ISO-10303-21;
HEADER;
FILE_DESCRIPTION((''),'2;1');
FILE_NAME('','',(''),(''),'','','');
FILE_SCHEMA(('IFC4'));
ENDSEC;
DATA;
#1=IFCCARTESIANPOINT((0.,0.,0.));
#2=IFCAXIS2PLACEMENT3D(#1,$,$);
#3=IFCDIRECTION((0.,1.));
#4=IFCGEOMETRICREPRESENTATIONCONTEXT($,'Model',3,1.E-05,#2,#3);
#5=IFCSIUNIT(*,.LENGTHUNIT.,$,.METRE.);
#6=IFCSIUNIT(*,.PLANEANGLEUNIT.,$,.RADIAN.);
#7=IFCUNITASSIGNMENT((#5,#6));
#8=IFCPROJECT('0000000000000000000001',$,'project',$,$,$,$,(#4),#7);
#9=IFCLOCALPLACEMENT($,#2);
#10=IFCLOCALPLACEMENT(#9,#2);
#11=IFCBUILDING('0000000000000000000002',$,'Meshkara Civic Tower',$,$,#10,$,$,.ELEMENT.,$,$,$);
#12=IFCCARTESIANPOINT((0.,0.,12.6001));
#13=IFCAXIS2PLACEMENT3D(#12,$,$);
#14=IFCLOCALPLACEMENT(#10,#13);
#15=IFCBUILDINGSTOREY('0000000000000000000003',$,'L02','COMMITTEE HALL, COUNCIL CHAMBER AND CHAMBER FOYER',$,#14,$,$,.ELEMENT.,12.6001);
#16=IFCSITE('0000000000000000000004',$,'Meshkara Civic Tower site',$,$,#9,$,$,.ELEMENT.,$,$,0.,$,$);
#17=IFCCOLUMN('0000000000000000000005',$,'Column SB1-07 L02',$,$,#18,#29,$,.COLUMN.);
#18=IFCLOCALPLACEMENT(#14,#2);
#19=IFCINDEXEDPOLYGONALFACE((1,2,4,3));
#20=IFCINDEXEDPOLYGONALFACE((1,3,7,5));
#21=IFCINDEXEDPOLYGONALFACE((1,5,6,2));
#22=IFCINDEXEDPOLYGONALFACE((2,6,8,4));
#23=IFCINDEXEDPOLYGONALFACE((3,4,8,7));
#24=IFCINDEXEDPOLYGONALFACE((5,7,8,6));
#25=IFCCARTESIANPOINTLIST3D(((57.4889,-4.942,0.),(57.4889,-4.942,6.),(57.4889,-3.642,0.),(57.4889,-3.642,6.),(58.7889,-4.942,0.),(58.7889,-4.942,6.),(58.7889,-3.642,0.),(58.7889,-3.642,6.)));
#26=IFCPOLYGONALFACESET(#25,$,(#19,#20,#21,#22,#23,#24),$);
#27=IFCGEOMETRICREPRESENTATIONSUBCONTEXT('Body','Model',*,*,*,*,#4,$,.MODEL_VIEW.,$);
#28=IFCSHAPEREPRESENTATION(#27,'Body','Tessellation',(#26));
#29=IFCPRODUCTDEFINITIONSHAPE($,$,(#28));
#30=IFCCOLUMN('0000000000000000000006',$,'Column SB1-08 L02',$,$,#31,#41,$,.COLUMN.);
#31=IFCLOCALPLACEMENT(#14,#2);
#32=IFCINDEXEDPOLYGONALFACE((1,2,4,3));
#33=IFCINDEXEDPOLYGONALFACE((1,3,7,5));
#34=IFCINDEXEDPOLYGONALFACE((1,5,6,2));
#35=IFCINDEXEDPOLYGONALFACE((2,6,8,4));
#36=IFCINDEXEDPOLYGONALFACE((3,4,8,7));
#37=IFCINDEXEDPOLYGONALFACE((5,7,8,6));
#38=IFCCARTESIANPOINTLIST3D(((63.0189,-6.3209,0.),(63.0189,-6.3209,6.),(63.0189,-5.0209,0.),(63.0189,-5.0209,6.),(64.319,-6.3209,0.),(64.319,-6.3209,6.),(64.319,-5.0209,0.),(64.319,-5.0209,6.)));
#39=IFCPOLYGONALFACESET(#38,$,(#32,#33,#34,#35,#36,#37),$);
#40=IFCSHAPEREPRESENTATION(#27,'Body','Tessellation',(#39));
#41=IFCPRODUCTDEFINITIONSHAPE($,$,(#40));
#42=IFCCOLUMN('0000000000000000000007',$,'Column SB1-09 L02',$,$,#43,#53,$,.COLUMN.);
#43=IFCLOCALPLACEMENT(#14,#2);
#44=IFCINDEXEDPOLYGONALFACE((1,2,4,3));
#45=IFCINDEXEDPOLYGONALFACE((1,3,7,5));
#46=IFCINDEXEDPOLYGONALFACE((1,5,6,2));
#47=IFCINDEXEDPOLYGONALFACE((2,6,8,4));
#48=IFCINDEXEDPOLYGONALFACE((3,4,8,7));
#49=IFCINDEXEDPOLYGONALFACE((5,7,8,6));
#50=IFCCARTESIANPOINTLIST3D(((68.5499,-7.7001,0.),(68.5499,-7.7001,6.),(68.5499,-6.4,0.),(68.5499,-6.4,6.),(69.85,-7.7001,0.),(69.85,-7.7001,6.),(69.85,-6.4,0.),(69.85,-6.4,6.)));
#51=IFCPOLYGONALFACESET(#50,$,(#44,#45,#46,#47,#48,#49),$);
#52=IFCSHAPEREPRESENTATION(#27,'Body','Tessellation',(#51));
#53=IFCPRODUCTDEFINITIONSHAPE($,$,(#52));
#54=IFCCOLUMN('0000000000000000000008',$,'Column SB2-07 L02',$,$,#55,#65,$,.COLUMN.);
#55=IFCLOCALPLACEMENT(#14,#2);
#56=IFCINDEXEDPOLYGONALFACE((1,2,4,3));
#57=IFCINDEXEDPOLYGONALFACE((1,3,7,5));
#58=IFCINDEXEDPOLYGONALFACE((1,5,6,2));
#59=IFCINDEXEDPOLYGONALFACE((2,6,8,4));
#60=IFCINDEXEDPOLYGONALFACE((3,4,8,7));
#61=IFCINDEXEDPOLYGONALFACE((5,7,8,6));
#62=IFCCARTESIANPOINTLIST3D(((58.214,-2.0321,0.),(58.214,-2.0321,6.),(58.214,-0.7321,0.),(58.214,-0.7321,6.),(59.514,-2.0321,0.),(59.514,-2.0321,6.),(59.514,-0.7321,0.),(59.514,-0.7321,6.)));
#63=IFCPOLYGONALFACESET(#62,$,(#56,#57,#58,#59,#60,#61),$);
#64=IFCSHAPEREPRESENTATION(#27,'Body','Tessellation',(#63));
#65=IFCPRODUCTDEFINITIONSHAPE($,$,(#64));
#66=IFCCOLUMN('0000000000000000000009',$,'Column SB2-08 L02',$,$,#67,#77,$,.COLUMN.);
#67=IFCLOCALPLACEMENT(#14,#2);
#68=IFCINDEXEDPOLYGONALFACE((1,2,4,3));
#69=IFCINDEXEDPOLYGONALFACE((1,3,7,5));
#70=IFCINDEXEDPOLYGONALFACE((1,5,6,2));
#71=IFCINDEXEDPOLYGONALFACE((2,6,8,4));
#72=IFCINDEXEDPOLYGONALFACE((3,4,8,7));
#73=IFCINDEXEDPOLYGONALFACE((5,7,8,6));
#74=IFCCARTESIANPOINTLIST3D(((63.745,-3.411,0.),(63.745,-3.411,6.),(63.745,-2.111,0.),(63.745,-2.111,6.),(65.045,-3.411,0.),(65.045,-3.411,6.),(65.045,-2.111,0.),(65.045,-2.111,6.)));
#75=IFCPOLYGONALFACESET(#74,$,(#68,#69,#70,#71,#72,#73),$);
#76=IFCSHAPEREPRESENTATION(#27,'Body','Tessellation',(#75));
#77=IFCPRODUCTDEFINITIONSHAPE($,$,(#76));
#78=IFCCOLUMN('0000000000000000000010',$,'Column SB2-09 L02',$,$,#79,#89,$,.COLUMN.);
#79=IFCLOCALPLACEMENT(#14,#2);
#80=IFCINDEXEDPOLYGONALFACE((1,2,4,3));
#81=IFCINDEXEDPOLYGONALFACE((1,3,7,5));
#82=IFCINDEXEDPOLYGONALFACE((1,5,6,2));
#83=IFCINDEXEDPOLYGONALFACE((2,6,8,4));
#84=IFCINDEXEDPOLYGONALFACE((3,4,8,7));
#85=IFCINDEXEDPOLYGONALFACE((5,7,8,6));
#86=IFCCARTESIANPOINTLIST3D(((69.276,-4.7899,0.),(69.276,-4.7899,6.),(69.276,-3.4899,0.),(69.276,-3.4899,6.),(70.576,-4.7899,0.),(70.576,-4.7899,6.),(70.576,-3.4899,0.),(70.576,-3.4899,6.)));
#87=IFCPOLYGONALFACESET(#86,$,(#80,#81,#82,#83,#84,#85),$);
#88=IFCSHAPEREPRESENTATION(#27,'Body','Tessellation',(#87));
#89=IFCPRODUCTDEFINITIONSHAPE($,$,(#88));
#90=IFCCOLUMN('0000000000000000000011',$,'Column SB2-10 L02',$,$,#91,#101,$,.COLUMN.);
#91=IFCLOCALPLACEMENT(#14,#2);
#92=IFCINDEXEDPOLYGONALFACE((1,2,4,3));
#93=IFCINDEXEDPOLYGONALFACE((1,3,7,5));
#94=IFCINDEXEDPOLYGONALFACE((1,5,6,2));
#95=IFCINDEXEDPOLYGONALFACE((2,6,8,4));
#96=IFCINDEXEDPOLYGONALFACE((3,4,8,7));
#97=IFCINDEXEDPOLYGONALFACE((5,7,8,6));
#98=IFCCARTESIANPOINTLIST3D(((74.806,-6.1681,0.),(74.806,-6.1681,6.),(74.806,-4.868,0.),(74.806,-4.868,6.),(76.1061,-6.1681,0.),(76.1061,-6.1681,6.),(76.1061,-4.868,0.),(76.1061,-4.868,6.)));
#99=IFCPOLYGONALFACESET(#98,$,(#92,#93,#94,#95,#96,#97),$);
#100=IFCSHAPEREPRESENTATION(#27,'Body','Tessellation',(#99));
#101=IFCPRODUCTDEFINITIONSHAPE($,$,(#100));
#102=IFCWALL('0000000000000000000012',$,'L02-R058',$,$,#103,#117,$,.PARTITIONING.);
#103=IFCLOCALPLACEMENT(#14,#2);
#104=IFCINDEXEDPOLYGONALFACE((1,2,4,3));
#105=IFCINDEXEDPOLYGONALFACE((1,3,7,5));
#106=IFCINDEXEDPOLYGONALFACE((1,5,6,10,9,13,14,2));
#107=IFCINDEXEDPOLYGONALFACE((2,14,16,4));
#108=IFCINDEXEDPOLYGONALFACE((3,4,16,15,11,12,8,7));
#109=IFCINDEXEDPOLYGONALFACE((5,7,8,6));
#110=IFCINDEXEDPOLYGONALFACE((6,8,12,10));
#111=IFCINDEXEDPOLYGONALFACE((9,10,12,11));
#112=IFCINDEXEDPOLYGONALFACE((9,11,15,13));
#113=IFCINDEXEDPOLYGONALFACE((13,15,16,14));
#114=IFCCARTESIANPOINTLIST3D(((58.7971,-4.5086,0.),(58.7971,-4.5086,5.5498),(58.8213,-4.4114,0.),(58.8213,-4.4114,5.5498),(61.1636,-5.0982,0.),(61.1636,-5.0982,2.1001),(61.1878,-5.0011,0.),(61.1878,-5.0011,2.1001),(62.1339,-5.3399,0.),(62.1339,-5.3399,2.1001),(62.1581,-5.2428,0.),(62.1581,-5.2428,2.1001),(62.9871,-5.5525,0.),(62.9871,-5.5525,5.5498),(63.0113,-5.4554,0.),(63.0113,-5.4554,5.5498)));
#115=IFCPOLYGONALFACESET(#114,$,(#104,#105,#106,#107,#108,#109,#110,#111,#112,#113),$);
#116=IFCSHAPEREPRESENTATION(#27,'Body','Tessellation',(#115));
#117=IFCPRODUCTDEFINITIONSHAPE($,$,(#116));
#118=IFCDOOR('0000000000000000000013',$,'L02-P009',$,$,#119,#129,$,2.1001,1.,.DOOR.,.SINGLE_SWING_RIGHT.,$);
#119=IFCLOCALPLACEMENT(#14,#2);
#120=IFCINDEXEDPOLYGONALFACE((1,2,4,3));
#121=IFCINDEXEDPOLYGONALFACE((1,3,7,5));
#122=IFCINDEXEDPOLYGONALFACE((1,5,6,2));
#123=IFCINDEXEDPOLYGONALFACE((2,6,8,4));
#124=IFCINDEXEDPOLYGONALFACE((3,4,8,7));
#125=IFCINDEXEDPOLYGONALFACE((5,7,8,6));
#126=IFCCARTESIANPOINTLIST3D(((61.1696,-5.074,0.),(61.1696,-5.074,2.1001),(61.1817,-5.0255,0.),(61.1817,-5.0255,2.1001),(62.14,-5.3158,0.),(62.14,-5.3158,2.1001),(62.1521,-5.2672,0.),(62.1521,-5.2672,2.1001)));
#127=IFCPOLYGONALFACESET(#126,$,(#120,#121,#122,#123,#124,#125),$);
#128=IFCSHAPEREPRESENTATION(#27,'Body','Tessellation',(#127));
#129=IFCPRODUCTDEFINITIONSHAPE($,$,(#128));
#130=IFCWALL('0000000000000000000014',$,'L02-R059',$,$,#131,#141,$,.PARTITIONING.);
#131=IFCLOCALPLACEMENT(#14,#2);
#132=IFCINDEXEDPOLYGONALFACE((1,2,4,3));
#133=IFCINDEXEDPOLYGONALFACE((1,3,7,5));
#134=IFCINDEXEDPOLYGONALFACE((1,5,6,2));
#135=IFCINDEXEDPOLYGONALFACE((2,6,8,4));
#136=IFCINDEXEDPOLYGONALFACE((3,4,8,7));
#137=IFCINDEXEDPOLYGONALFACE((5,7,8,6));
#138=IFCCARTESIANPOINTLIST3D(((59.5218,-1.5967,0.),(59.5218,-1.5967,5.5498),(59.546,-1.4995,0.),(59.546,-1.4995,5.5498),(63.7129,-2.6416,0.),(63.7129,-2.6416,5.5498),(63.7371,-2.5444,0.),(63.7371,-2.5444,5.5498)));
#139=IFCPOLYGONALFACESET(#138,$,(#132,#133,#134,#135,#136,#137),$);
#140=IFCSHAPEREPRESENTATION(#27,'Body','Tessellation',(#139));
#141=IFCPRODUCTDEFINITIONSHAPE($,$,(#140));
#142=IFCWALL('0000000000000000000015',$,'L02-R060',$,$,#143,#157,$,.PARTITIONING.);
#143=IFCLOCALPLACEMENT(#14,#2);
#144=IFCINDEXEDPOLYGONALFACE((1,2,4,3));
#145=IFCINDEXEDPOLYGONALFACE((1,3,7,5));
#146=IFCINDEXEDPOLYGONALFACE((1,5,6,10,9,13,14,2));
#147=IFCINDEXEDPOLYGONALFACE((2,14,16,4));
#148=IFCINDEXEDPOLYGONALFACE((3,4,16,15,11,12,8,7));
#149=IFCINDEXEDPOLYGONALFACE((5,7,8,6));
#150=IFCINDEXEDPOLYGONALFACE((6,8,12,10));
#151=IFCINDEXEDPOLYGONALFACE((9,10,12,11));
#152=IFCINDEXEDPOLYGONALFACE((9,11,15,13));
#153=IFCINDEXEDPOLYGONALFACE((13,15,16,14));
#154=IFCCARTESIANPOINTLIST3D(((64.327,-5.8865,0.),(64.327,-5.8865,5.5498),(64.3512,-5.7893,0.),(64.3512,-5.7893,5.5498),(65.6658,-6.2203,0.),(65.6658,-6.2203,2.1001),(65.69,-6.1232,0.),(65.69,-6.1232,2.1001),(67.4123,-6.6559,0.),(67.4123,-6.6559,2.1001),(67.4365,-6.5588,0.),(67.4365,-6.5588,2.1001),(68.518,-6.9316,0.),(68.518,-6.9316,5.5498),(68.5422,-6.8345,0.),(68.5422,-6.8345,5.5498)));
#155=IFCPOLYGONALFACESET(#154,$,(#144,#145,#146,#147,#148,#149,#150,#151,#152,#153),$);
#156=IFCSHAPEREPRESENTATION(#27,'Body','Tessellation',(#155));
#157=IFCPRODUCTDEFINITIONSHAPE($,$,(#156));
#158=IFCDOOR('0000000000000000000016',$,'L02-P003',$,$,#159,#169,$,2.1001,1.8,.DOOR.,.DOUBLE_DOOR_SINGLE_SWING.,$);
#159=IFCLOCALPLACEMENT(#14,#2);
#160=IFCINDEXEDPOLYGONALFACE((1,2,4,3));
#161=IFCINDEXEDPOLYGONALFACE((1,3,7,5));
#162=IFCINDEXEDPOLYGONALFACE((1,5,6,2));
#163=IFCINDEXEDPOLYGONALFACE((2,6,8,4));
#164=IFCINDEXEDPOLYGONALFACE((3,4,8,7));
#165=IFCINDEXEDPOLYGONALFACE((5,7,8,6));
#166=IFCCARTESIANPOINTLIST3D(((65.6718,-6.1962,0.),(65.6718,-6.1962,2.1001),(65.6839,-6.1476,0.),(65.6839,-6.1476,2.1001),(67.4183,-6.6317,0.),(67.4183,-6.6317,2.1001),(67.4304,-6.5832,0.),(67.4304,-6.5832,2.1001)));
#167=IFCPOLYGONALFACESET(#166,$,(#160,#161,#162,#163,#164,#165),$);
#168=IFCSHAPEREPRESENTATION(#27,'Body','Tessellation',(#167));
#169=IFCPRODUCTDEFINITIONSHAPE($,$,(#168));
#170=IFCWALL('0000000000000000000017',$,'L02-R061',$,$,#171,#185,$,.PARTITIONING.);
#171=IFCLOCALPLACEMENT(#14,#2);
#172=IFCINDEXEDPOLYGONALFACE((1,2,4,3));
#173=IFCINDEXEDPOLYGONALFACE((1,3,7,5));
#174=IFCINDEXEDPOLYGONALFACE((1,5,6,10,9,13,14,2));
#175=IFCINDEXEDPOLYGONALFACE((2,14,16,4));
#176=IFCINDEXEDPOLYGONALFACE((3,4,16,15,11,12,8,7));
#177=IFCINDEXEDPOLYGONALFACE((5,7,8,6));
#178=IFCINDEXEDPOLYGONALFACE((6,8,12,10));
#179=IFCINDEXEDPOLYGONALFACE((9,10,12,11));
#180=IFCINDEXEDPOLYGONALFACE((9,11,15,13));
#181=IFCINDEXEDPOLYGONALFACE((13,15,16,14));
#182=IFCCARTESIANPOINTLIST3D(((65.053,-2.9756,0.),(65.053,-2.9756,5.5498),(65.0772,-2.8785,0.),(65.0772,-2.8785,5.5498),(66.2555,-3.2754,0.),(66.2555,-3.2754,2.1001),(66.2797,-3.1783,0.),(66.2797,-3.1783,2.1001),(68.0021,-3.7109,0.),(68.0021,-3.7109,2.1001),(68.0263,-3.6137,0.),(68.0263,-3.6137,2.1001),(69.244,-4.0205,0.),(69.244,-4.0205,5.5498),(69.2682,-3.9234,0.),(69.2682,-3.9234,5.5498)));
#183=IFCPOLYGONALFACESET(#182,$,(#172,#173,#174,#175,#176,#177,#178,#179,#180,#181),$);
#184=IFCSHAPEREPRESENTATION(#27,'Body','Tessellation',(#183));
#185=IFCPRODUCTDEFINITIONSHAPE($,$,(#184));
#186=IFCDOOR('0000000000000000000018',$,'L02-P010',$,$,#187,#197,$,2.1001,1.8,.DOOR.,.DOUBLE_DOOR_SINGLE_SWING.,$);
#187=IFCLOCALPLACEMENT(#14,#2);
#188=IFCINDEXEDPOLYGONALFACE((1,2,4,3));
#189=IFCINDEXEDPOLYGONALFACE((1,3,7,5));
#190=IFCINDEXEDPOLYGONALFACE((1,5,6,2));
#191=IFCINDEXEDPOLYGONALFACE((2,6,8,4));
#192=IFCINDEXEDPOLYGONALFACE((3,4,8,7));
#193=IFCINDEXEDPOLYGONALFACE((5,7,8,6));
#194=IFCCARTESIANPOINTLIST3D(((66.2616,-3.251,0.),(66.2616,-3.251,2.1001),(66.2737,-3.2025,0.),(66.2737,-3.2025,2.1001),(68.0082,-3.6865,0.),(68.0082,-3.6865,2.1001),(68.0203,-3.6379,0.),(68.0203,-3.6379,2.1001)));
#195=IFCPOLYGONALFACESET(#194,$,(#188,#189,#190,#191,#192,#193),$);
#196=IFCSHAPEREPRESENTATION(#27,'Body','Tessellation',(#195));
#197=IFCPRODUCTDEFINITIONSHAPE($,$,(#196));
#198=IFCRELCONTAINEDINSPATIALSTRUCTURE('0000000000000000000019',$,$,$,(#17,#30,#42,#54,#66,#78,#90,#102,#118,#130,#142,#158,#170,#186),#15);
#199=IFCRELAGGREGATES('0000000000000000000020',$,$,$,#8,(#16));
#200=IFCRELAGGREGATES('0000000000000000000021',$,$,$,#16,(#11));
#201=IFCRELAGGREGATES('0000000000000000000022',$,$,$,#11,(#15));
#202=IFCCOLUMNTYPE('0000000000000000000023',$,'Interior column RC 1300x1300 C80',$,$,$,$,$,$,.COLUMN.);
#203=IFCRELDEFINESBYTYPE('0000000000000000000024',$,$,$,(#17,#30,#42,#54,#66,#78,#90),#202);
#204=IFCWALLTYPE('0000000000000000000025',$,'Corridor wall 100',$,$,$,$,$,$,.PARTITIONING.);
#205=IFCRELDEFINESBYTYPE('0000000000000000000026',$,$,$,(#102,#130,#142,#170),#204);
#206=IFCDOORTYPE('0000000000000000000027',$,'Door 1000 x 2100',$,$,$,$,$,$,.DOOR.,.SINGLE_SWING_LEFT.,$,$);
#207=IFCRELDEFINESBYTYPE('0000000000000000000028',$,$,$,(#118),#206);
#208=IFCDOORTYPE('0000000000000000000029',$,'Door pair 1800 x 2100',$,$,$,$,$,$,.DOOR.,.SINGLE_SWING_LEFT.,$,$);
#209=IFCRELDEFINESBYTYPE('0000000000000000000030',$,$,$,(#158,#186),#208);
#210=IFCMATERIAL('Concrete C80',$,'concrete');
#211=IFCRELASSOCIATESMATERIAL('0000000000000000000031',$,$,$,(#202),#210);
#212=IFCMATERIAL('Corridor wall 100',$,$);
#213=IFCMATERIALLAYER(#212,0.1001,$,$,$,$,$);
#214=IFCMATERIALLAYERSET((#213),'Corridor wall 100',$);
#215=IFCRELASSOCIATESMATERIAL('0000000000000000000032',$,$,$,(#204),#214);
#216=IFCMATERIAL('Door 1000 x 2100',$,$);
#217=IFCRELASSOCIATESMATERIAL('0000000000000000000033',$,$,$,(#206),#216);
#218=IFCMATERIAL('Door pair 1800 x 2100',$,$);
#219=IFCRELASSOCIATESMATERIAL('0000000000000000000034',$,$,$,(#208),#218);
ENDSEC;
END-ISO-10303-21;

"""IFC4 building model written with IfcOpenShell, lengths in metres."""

from ifc_helpers import new_model, si_unit, direction, frame, frame_2d, origin, origin_2d, place, context, subcontext, project, spatial, rectangle, extrude, material, layer, layer_set, material_profile, profile_set, type_object, element, fill, save


model = new_model("IFC4")

# Units and contexts
model_context = context("Model", 3, precision=1e-05, world=origin(), true_north=direction((0.0, 1.0)))
body_context = subcontext(model_context, "Body", "Model", "MODEL_VIEW")
ifc_project = project(units=[si_unit("LENGTHUNIT", "METRE"), si_unit("PLANEANGLEUNIT", "RADIAN")], contexts=[model_context])

# Site, building, storey
site_placement = place(None, origin())
site = spatial("IfcSite", under=ifc_project, at=site_placement, Name="Meshkara Civic Tower site", CompositionType="ELEMENT", RefElevation=0.0)
building_placement = place(site_placement, origin())
building = spatial("IfcBuilding", under=site, at=building_placement, Name="Meshkara Civic Tower", CompositionType="ELEMENT")
storey_placement = place(building_placement, frame((0.0, 0.0, 12.6001)))
storey = spatial("IfcBuildingStorey", under=building, at=storey_placement, Name="L02", Description="COMMITTEE HALL, COUNCIL CHAMBER AND CHAMBER FOYER", CompositionType="ELEMENT", Elevation=12.6001)

# Columns
ifc_material_1 = material(Name="Concrete C80", Category="concrete")
ifc_material_profile = material_profile(ifc_material_1, rectangle(XDim=1.3, YDim=1.3, at=origin_2d()))
ifc_profile_set = profile_set([ifc_material_profile], Name="Concrete C80")
column_type = type_object("IfcColumnType", Name="Interior column RC 1300x1300 C80", PredefinedType="COLUMN", material=ifc_profile_set)
for number, where, z_axis, x_axis, name in (
    (1, (58.1389, -4.292, 0.0), (0.0, 0.0, 1.0), (1.0, 0.0, 0.0), "Column SB1-07 L02"),
    (2, (63.6689, -5.6709, 0.0), (0.0, 0.0, 1.0), (1.0, 0.0, 0.0), "Column SB1-08 L02"),
    (3, (69.2, -7.05, 0.0), (0.0, 0.0, 1.0), (1.0, 0.0, 0.0), "Column SB1-09 L02"),
    (4, (58.864, -1.3821, 0.0), (0.0, 0.0, 1.0), (1.0, 0.0, 0.0), "Column SB2-07 L02"),
    (5, (64.395, -2.761, 0.0), (0.0, 0.0, 1.0), (1.0, 0.0, 0.0), "Column SB2-08 L02"),
    (6, (69.926, -4.1399, 0.0), (0.0, 0.0, 1.0), (1.0, 0.0, 0.0), "Column SB2-09 L02"),
    (7, (75.4561, -5.5181, 0.0), (0.0, 0.0, 1.0), (1.0, 0.0, 0.0), "Column SB2-10 L02"),
):
    element("IfcColumn", number, at=place(storey_placement, frame(where, z_axis=z_axis, x_axis=x_axis)), inside=storey, type_object=column_type, Name=name, PredefinedType="COLUMN", context=body_context, shape_type="SweptSolid", body=[
        extrude(rectangle(XDim=1.3, YDim=1.3, at=origin_2d()), origin(), (0.0, 0.0, 1.0), 6.0),
    ])

# Wall, opening, door
ifc_material_2 = material(Name="Corridor wall 100")
ifc_layer_1 = layer(ifc_material_2, 0.1001)
ifc_layer_set_1 = layer_set([ifc_layer_1], Name="Corridor wall 100")
wall_type_1 = type_object("IfcWallType", Name="Corridor wall 100", PredefinedType="PARTITIONING", material=ifc_layer_set_1)
wall_1_placement = place(storey_placement, frame((58.8091, -4.46, 0.0), z_axis=(0.0, 0.0, 1.0), x_axis=(0.970335, -0.241764, 0.0)))
wall_1 = element("IfcWall", 8, at=wall_1_placement, inside=storey, type_object=wall_type_1, Name="L02-R058", PredefinedType="PARTITIONING", context=body_context, shape_type="SweptSolid", body=[
    extrude(rectangle(XDim=4.3181, YDim=0.1001, at=frame_2d((2.1592, 0.0))), origin(), (0.0, 0.0, 1.0), 5.5498),
])
opening_1_placement = place(wall_1_placement, frame((2.439, 0.0, 0.0)))
opening_1 = element("IfcOpeningElement", 9, at=opening_1_placement, cuts=wall_1, PredefinedType="OPENING", context=body_context, shape_type="SweptSolid", body=[
    extrude(rectangle(XDim=1.0, YDim=2.1001, at=frame_2d((0.5, 1.05))), frame((0.0, 0.0601, 0.0), z_axis=(0.0, -1.0, 0.0), x_axis=(1.0, 0.0, 0.0)), (0.0, 0.0, 1.0), 0.1201),
])
ifc_material_3 = material(Name="Door 1000 x 2100")
door_type_1 = type_object("IfcDoorType", Name="Door 1000 x 2100", OperationType="SINGLE_SWING_LEFT", PredefinedType="DOOR", material=ifc_material_3)
door_1_placement = place(opening_1_placement, origin())
door_1 = element("IfcDoor", 10, at=door_1_placement, inside=storey, type_object=door_type_1, Name="L02-P009", OperationType="SINGLE_SWING_RIGHT", OverallHeight=2.1001, OverallWidth=1.0, PredefinedType="DOOR", context=body_context, shape_type="SweptSolid", body=[
    extrude(rectangle(XDim=1.0, YDim=2.1001, at=frame_2d((0.5, 1.05))), frame((0.0, 0.0249, 0.0), z_axis=(0.0, -1.0, 0.0), x_axis=(1.0, 0.0, 0.0)), (0.0, 0.0, 1.0), 0.05),
])
fill(opening_1, door_1)

# Wall
wall_2_placement = place(storey_placement, frame((59.5339, -1.5481, 0.0), z_axis=(0.0, 0.0, 1.0), x_axis=(0.970299, -0.241911, 0.0)))
element("IfcWall", 11, at=wall_2_placement, inside=storey, type_object=wall_type_1, Name="L02-R059", PredefinedType="PARTITIONING", context=body_context, shape_type="SweptSolid", body=[
    extrude(rectangle(XDim=4.3193, YDim=0.1001, at=frame_2d((2.1597, 0.0))), origin(), (0.0, 0.0, 1.0), 5.5498),
])

# Walls, openings, doors
wall_3_placement = place(storey_placement, frame((64.3391, -5.8379, 0.0), z_axis=(0.0, 0.0, 1.0), x_axis=(0.970282, -0.241977, 0.0)))
wall_3 = element("IfcWall", 12, at=wall_3_placement, inside=storey, type_object=wall_type_1, Name="L02-R060", PredefinedType="PARTITIONING", context=body_context, shape_type="SweptSolid", body=[
    extrude(rectangle(XDim=4.3193, YDim=0.1001, at=frame_2d((2.1597, 0.0))), origin(), (0.0, 0.0, 1.0), 5.5498),
])
opening_2_placement = place(wall_3_placement, frame((1.3799, 0.0, 0.0)))
opening_2 = element("IfcOpeningElement", 13, at=opening_2_placement, cuts=wall_3, PredefinedType="OPENING", context=body_context, shape_type="SweptSolid", body=[
    extrude(rectangle(XDim=1.8, YDim=2.1001, at=frame_2d((0.8999, 1.05))), frame((0.0, 0.0601, 0.0), z_axis=(0.0, -1.0, 0.0), x_axis=(1.0, 0.0, 0.0)), (0.0, 0.0, 1.0), 0.1201),
])
ifc_material_4 = material(Name="Door pair 1800 x 2100")
door_type_2 = type_object("IfcDoorType", Name="Door pair 1800 x 2100", OperationType="SINGLE_SWING_LEFT", PredefinedType="DOOR", material=ifc_material_4)
door_2_placement = place(opening_2_placement, origin())
door_2 = element("IfcDoor", 14, at=door_2_placement, inside=storey, type_object=door_type_2, Name="L02-P003", OperationType="DOUBLE_DOOR_SINGLE_SWING", OverallHeight=2.1001, OverallWidth=1.8, PredefinedType="DOOR", context=body_context, shape_type="SweptSolid", body=[
    extrude(rectangle(XDim=1.8, YDim=2.1001, at=frame_2d((0.8999, 1.05))), frame((0.0, 0.0249, 0.0), z_axis=(0.0, -1.0, 0.0), x_axis=(1.0, 0.0, 0.0)), (0.0, 0.0, 1.0), 0.05),
])
fill(opening_2, door_2)
wall_4_placement = place(storey_placement, frame((69.2561, -3.9719, 0.0), z_axis=(0.0, 0.0, 1.0), x_axis=(-0.970299, 0.241911, 0.0)))
wall_4 = element("IfcWall", 15, at=wall_4_placement, inside=storey, type_object=wall_type_1, Name="L02-R061", PredefinedType="PARTITIONING", context=body_context, shape_type="SweptSolid", body=[
    extrude(rectangle(XDim=4.3193, YDim=0.1001, at=frame_2d((2.1597, 0.0))), origin(), (0.0, 0.0, 1.0), 5.5498),
])
opening_3_placement = place(wall_4_placement, frame((1.28, 0.0, 0.0)))
opening_3 = element("IfcOpeningElement", 16, at=opening_3_placement, cuts=wall_4, PredefinedType="OPENING", context=body_context, shape_type="SweptSolid", body=[
    extrude(rectangle(XDim=1.8, YDim=2.1001, at=frame_2d((0.8999, 1.05))), frame((0.0, 0.0601, 0.0), z_axis=(0.0, -1.0, 0.0), x_axis=(1.0, 0.0, 0.0)), (0.0, 0.0, 1.0), 0.1201),
])
door_3_placement = place(opening_3_placement, origin())
door_3 = element("IfcDoor", 17, at=door_3_placement, inside=storey, type_object=door_type_2, Name="L02-P010", OperationType="DOUBLE_DOOR_SINGLE_SWING", OverallHeight=2.1001, OverallWidth=1.8, PredefinedType="DOOR", context=body_context, shape_type="SweptSolid", body=[
    extrude(rectangle(XDim=1.8, YDim=2.1001, at=frame_2d((0.8999, 1.05))), frame((0.0, 0.0249, 0.0), z_axis=(0.0, -1.0, 0.0), x_axis=(1.0, 0.0, 0.0)), (0.0, 0.0, 1.0), 0.05),
])
fill(opening_3, door_3)

save(model, "model.ifc")
